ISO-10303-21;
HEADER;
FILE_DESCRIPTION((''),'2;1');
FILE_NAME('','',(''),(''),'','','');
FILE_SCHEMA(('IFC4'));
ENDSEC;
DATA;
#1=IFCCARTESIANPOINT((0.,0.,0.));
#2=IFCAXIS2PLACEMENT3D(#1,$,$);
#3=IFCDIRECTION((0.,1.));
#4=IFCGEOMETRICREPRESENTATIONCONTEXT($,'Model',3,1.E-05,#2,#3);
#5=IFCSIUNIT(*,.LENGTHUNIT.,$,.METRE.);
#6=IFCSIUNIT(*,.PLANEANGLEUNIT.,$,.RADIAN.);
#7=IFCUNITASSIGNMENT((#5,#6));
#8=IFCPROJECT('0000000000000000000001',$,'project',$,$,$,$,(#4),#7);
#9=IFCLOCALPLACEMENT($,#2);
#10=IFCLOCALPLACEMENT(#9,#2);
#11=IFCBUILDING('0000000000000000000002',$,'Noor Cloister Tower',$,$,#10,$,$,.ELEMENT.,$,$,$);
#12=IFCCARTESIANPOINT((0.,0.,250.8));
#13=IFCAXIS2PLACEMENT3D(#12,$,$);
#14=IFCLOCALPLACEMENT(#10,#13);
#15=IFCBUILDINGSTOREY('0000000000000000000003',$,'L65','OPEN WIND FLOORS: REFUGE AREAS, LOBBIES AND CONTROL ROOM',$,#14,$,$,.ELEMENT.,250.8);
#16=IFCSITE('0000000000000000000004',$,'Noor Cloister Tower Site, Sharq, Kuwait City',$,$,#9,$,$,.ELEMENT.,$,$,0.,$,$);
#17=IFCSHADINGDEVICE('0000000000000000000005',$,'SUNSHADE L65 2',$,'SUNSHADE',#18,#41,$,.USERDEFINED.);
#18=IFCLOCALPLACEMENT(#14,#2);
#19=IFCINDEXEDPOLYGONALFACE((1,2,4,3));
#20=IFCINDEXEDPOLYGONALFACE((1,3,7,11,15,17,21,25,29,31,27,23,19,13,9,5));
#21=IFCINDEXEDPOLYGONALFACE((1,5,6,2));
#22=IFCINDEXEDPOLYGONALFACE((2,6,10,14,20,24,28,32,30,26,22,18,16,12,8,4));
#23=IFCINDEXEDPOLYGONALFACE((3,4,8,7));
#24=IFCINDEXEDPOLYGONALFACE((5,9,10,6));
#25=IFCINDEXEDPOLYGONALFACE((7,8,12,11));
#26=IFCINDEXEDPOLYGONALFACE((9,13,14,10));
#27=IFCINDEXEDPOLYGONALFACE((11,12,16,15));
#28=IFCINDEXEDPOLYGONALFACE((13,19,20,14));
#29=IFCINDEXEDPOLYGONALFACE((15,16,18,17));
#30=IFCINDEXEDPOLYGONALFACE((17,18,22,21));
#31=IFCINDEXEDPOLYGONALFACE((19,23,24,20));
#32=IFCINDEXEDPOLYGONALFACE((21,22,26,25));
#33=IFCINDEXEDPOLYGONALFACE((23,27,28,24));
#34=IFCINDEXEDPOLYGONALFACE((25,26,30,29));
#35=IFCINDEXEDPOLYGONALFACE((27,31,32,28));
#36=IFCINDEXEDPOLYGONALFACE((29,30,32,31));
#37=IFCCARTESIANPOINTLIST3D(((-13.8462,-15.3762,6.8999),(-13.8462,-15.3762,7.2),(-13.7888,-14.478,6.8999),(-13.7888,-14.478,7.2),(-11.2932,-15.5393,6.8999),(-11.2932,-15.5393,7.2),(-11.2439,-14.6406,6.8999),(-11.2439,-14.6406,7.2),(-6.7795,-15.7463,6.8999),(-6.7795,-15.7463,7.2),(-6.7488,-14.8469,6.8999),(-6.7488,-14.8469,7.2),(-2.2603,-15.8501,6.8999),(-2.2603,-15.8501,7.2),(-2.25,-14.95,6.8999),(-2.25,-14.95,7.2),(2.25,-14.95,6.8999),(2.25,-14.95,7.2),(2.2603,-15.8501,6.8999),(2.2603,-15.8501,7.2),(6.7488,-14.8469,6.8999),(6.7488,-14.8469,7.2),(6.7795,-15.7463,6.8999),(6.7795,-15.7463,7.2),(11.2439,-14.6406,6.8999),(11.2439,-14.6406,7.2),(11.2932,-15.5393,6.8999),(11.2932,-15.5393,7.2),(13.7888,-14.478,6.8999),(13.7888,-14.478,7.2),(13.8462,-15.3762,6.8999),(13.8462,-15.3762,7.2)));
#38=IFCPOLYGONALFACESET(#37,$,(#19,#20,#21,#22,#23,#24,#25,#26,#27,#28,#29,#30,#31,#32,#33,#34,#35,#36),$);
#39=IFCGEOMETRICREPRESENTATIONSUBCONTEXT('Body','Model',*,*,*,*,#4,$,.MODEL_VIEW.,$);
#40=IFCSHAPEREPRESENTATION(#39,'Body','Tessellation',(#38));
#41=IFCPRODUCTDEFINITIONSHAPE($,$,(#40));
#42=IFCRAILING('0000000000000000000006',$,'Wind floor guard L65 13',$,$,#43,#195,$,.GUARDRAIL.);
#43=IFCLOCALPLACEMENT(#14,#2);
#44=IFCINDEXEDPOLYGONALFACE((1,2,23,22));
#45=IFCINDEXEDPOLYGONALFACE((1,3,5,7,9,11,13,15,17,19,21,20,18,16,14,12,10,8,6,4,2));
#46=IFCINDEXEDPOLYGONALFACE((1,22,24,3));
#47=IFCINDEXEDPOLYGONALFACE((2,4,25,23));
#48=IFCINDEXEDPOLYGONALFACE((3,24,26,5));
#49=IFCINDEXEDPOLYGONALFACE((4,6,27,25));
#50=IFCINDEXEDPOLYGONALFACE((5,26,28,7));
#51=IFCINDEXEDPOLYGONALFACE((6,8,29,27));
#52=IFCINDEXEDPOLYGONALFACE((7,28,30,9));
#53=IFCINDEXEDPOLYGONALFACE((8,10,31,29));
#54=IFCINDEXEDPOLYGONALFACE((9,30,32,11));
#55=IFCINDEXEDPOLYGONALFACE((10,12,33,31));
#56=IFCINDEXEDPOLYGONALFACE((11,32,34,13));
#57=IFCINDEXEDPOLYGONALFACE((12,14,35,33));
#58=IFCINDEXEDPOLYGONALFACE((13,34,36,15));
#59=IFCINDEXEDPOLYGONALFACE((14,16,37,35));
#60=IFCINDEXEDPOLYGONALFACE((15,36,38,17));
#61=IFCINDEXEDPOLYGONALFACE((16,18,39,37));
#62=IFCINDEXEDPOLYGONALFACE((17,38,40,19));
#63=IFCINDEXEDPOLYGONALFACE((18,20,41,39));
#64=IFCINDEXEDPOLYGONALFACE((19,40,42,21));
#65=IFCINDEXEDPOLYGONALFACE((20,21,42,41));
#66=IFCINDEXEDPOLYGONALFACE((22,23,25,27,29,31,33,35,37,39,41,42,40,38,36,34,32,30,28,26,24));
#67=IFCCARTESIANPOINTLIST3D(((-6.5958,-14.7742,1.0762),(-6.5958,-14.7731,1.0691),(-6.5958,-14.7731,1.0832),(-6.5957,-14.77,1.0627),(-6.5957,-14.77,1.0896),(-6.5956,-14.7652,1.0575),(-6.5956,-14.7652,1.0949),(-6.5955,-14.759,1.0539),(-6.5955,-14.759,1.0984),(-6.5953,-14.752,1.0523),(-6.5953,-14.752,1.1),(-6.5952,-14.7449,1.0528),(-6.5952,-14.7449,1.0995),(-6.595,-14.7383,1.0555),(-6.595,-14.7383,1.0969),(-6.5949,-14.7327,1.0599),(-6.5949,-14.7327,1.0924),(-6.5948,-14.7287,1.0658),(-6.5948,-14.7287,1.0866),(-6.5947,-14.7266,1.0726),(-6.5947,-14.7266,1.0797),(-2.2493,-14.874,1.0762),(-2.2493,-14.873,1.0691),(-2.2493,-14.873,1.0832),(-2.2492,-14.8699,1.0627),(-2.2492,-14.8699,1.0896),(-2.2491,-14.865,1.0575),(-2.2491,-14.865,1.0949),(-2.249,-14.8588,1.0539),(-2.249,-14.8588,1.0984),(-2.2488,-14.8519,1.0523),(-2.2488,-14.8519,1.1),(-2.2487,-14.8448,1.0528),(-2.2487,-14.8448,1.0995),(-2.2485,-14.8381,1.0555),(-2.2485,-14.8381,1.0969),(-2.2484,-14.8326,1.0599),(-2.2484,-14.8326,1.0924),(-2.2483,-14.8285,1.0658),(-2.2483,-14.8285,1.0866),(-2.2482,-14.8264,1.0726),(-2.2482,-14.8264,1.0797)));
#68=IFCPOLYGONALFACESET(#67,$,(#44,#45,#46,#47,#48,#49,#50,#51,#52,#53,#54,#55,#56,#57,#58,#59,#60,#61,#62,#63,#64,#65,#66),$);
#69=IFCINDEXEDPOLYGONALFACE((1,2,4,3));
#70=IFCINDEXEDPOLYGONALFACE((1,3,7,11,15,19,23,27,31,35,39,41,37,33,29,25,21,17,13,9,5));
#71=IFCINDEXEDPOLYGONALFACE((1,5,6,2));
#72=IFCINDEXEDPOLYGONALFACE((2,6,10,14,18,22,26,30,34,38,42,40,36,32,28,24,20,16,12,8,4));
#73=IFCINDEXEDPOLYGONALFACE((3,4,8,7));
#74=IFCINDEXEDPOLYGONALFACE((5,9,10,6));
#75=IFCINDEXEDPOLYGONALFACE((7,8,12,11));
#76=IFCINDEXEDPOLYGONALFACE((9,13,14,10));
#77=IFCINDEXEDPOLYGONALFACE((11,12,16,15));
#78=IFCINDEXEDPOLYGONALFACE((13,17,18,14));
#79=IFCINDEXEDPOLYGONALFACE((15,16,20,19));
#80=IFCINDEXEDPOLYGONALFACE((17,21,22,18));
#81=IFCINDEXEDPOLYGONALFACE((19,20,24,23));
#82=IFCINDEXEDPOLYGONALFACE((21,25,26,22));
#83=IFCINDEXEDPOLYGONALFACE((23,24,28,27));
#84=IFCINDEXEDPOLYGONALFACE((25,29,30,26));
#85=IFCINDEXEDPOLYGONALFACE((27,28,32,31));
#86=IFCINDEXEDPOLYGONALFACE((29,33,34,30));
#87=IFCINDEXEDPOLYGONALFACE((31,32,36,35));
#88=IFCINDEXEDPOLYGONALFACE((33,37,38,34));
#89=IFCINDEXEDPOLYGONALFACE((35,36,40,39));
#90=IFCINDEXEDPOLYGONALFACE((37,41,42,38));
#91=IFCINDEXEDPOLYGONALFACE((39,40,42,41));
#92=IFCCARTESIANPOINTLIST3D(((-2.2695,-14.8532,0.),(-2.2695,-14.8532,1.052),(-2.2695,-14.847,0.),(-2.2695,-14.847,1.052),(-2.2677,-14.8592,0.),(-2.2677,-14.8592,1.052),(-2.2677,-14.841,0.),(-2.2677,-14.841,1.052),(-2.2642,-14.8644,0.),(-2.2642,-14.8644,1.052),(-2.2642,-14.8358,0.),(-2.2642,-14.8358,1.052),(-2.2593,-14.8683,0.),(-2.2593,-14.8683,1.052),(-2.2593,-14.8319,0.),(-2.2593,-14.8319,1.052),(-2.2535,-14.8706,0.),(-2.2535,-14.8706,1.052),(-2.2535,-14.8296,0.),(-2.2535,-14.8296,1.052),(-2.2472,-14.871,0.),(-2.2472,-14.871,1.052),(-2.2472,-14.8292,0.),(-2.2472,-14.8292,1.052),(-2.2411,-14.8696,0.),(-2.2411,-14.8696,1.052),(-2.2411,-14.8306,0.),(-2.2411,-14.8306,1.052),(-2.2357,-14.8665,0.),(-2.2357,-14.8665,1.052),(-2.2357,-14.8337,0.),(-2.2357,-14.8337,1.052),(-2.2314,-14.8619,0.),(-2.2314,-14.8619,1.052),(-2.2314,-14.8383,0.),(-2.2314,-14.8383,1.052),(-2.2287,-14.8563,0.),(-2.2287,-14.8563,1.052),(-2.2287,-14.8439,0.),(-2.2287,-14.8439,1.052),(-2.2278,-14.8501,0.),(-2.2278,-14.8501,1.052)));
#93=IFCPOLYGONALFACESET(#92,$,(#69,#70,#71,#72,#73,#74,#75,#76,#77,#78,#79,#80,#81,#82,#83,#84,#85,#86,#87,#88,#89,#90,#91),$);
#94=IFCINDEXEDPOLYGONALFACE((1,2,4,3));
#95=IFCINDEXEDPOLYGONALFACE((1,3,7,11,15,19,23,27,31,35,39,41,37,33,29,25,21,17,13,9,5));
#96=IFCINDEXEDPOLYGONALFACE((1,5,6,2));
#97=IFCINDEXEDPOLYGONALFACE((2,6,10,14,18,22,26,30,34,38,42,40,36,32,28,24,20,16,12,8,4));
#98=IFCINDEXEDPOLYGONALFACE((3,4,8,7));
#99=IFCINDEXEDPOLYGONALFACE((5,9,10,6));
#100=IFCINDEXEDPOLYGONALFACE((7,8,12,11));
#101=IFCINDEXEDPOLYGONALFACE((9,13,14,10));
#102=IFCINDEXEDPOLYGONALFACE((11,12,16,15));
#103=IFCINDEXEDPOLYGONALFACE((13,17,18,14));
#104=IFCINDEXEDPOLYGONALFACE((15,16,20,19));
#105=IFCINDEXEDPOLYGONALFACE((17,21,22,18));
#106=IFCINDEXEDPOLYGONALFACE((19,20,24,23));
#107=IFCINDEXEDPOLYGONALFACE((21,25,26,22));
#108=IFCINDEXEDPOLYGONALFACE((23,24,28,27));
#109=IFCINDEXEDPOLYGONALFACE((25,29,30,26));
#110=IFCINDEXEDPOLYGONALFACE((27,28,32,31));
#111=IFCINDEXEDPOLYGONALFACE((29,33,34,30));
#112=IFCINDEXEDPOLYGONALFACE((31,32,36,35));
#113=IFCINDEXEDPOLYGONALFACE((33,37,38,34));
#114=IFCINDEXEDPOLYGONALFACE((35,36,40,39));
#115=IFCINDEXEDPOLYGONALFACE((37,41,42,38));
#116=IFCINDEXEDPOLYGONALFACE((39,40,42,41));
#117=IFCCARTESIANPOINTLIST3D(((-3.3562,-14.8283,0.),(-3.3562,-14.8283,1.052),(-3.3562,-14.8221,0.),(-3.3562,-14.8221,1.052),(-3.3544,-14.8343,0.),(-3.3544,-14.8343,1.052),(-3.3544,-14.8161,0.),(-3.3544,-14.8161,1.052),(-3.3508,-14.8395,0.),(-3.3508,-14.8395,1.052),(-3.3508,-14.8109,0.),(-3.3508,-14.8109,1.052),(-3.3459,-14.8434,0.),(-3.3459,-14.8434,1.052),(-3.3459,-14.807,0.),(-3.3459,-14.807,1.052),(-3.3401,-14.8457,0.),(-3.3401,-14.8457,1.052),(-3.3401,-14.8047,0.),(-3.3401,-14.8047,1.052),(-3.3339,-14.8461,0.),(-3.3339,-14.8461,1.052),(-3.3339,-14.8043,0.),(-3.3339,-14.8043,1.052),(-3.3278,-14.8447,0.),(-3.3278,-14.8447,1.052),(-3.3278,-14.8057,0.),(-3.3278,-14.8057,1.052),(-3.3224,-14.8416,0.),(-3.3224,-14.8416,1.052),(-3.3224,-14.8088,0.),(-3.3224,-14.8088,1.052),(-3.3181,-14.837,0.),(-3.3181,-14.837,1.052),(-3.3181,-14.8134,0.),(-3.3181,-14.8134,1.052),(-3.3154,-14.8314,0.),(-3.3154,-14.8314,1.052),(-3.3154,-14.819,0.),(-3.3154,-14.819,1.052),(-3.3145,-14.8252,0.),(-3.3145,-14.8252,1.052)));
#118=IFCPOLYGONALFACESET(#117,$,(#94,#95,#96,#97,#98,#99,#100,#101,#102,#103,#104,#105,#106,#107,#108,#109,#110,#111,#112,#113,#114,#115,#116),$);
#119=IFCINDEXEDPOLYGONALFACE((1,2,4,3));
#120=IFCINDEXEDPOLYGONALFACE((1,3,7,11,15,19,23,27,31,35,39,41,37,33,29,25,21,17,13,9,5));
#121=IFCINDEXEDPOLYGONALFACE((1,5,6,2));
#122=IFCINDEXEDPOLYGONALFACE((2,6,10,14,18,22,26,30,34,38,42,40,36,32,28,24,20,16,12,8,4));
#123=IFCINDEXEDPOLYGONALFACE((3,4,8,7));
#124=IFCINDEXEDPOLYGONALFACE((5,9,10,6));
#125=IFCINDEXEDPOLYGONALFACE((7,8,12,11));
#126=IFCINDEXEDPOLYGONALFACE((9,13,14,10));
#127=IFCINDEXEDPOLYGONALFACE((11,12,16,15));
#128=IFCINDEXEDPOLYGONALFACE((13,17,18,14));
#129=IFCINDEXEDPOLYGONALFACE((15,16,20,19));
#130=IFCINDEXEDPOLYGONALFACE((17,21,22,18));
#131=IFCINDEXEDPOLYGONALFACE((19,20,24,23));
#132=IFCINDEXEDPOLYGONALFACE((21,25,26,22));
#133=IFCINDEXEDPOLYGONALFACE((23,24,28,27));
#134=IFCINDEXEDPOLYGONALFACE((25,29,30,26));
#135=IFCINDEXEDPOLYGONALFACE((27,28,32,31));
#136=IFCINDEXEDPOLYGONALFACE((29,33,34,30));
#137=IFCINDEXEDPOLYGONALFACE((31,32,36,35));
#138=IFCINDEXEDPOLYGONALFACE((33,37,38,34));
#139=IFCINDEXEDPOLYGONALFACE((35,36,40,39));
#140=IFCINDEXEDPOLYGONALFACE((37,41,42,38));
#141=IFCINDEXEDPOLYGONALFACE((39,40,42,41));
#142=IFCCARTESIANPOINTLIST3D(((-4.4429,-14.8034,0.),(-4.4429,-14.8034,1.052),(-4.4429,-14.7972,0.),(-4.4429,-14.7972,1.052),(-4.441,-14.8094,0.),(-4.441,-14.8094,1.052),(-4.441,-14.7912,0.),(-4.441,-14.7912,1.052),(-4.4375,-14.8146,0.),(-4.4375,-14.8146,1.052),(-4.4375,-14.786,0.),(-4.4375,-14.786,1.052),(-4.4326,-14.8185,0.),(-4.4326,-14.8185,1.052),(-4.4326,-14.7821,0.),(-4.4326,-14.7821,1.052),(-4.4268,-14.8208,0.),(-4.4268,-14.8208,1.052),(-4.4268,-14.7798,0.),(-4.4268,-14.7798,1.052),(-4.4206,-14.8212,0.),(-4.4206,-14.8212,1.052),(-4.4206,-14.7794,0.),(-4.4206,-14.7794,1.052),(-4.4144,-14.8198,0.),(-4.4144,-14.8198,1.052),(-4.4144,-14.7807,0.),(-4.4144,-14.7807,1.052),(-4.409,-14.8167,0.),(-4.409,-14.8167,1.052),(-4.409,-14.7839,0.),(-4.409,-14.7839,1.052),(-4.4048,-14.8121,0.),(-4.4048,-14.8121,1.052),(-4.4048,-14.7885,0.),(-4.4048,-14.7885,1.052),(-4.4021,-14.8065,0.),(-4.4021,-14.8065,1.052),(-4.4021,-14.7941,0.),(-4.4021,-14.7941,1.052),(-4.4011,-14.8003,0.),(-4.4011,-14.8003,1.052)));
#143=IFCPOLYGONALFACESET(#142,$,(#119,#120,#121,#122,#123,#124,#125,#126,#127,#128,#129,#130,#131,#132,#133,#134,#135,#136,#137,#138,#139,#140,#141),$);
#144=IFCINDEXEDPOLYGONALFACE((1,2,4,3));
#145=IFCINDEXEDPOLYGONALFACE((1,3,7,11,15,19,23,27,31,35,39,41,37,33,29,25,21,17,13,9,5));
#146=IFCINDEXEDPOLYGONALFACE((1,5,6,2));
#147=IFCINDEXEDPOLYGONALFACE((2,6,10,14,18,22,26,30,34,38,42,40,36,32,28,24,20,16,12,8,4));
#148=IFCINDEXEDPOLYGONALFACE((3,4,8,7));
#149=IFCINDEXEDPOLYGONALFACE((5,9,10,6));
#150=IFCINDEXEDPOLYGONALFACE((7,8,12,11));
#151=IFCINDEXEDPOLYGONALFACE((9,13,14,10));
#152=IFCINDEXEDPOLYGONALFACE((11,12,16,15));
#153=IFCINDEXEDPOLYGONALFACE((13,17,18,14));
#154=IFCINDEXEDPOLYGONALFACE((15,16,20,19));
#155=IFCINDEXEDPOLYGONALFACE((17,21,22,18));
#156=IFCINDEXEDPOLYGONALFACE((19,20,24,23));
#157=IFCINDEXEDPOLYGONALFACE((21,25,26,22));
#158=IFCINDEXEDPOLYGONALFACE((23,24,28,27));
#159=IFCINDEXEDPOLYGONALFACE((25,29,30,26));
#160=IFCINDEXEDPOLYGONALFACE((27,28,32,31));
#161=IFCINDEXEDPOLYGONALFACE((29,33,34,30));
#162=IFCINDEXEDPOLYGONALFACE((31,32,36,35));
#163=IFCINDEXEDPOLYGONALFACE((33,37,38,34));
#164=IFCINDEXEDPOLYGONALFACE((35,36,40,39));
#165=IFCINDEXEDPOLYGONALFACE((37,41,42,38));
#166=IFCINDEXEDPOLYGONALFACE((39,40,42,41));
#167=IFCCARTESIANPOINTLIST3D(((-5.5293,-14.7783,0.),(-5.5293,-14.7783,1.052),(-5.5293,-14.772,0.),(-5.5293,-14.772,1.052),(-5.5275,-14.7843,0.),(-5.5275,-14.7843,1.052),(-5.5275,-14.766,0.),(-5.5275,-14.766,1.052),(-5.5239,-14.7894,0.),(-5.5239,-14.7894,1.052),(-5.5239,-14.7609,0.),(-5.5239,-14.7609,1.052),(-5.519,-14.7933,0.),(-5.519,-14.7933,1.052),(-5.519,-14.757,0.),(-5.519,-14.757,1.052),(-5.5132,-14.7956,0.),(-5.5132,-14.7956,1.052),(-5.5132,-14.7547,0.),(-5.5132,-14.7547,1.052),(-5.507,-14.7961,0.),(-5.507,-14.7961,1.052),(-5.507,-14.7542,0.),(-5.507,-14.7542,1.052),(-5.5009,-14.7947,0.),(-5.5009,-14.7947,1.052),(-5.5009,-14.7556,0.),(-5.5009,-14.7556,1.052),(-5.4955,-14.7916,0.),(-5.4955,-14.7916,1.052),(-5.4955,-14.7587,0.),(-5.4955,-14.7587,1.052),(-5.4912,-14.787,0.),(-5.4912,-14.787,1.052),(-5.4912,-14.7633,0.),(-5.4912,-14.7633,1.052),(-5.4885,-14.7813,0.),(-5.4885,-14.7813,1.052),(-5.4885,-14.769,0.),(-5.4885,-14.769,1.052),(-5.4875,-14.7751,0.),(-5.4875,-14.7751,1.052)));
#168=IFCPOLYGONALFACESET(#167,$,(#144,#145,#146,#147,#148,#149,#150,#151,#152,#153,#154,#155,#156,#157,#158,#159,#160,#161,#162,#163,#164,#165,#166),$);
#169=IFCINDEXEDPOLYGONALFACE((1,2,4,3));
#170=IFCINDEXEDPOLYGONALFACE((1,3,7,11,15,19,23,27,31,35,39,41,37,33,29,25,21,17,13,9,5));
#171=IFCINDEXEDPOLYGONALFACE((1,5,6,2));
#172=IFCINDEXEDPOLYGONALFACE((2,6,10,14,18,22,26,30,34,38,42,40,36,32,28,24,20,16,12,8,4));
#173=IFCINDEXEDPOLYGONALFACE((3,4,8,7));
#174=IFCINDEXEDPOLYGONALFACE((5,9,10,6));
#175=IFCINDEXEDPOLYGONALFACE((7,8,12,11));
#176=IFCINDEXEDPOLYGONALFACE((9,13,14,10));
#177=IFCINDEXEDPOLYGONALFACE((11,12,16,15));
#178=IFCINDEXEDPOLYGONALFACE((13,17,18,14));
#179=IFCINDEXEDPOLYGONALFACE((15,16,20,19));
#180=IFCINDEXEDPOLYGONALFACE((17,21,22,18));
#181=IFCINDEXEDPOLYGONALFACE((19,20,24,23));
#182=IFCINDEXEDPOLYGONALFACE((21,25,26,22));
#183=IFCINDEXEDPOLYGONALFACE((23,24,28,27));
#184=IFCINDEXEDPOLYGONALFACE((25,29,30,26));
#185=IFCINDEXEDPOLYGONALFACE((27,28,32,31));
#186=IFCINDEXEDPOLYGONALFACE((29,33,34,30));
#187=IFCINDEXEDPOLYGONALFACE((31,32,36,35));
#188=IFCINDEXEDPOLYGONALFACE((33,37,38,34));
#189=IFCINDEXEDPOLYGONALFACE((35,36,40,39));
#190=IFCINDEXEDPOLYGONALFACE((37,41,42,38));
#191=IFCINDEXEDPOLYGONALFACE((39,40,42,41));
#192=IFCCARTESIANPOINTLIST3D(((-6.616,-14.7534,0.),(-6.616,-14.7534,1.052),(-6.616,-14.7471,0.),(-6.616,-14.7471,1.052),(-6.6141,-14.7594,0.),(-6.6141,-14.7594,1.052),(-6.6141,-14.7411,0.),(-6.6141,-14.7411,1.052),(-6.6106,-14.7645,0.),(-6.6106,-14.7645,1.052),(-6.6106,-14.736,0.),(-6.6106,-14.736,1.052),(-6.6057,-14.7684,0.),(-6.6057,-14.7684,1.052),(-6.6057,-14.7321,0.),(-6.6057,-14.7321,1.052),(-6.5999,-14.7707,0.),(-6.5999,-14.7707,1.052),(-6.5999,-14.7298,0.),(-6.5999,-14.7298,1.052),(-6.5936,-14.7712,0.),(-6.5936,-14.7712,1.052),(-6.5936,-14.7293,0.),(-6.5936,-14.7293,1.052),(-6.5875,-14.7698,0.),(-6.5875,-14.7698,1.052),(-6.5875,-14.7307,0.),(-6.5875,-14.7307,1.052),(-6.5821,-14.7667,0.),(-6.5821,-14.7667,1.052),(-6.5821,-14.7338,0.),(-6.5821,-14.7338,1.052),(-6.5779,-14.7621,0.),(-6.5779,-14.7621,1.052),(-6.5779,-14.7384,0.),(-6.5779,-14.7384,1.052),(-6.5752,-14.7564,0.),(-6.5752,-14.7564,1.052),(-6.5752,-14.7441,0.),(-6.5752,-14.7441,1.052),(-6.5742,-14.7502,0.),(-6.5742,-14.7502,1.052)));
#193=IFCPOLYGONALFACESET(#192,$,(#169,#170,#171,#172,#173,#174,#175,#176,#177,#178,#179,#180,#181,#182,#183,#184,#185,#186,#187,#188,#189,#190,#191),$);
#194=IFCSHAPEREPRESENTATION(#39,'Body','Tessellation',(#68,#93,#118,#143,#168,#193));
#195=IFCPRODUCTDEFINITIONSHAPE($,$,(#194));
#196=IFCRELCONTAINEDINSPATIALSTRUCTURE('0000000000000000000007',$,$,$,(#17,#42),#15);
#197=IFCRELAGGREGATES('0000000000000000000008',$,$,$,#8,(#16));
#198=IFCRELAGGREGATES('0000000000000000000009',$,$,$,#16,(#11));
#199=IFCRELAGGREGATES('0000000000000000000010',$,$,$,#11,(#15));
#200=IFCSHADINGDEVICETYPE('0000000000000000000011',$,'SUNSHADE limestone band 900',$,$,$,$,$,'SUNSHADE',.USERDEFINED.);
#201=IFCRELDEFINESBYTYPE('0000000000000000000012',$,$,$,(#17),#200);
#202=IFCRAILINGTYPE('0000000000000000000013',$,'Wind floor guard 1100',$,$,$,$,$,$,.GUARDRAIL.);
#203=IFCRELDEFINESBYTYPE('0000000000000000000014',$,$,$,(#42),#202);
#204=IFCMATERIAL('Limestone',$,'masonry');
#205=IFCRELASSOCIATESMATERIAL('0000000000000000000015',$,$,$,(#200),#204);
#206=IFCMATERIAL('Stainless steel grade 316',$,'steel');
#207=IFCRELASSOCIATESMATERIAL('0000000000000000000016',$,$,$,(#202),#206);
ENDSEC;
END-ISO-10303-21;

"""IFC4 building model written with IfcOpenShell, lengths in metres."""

from ifc_helpers import new_model, si_unit, direction, frame, origin, origin_2d, place, context, subcontext, project, spatial, polyline, circle, outline, extrude, material, type_object, element, save


model = new_model("IFC4")

# Units and contexts
model_context = context("Model", 3, precision=1e-05, world=origin(), true_north=direction((0.0, 1.0)))
body_context = subcontext(model_context, "Body", "Model", "MODEL_VIEW")
ifc_project = project(units=[si_unit("LENGTHUNIT", "METRE"), si_unit("PLANEANGLEUNIT", "RADIAN")], contexts=[model_context])

# Site, building, storey
site_placement = place(None, origin())
site = spatial("IfcSite", under=ifc_project, at=site_placement, Name="Noor Cloister Tower Site, Sharq, Kuwait City", CompositionType="ELEMENT", RefElevation=0.0)
building_placement = place(site_placement, origin())
building = spatial("IfcBuilding", under=site, at=building_placement, Name="Noor Cloister Tower", CompositionType="ELEMENT")
storey_placement = place(building_placement, frame((0.0, 0.0, 250.8)))
storey = spatial("IfcBuildingStorey", under=building, at=storey_placement, Name="L65", Description="OPEN WIND FLOORS: REFUGE AREAS, LOBBIES AND CONTROL ROOM", CompositionType="ELEMENT", Elevation=250.8)

# Shading device
ifc_material_1 = material(Name="Limestone", Category="masonry")
shading_device_type = type_object("IfcShadingDeviceType", Name="SUNSHADE limestone band 900", ElementType="SUNSHADE", PredefinedType="USERDEFINED", material=ifc_material_1)
shading_device_1_placement = place(storey_placement, frame((0.0, 0.0, 6.8999)))
element("IfcShadingDevice", 1, at=shading_device_1_placement, inside=storey, type_object=shading_device_type, Name="SUNSHADE L65 2", ObjectType="SUNSHADE", PredefinedType="USERDEFINED", context=body_context, shape_type="SweptSolid", body=[
    extrude(outline(polyline([(-13.8462, -15.3762), (-11.2932, -15.5393), (-6.7795, -15.7463), (-2.2603, -15.8501), (2.2603, -15.8501), (6.7795, -15.7463), (11.2932, -15.5393), (13.8462, -15.3762), (13.7888, -14.478), (11.2439, -14.6406), (6.7488, -14.8469), (2.25, -14.95), (-2.25, -14.95), (-6.7488, -14.8469), (-11.2439, -14.6406), (-13.7888, -14.478), (-13.8462, -15.3762)])), origin(), (0.0, 0.0, 1.0), 0.3),
])

# Railing
ifc_material_2 = material(Name="Stainless steel grade 316", Category="steel")
railing_type = type_object("IfcRailingType", Name="Wind floor guard 1100", PredefinedType="GUARDRAIL", material=ifc_material_2)
railing_1_placement = place(storey_placement, frame((-2.2488, -14.8501, 0.0)))
element("IfcRailing", 2, at=railing_1_placement, inside=storey, type_object=railing_type, Name="Wind floor guard L65 13", PredefinedType="GUARDRAIL", context=body_context, shape_type="SweptSolid", body=[
    extrude(circle(Radius=0.0239, at=origin_2d()), frame((0.0, 0.0, 1.0762), z_axis=(-0.999736, 0.022968, 0.0), x_axis=(-0.022968, -0.999736, 0.0)), (0.0, 0.0, 1.0), 4.3477),
    extrude(circle(Radius=0.021, at=origin_2d()), origin(), (0.0, 0.0, 1.0), 1.052),
    extrude(circle(Radius=0.021, at=origin_2d()), frame((-1.0867, 0.0249, 0.0)), (0.0, 0.0, 1.0), 1.052),
    extrude(circle(Radius=0.021, at=origin_2d()), frame((-2.1733, 0.0498, 0.0)), (0.0, 0.0, 1.0), 1.052),
    extrude(circle(Radius=0.021, at=origin_2d()), frame((-3.2598, 0.075, 0.0)), (0.0, 0.0, 1.0), 1.052),
    extrude(circle(Radius=0.021, at=origin_2d()), frame((-4.3464, 0.0999, 0.0)), (0.0, 0.0, 1.0), 1.052),
])

save(model, "model.ifc")
